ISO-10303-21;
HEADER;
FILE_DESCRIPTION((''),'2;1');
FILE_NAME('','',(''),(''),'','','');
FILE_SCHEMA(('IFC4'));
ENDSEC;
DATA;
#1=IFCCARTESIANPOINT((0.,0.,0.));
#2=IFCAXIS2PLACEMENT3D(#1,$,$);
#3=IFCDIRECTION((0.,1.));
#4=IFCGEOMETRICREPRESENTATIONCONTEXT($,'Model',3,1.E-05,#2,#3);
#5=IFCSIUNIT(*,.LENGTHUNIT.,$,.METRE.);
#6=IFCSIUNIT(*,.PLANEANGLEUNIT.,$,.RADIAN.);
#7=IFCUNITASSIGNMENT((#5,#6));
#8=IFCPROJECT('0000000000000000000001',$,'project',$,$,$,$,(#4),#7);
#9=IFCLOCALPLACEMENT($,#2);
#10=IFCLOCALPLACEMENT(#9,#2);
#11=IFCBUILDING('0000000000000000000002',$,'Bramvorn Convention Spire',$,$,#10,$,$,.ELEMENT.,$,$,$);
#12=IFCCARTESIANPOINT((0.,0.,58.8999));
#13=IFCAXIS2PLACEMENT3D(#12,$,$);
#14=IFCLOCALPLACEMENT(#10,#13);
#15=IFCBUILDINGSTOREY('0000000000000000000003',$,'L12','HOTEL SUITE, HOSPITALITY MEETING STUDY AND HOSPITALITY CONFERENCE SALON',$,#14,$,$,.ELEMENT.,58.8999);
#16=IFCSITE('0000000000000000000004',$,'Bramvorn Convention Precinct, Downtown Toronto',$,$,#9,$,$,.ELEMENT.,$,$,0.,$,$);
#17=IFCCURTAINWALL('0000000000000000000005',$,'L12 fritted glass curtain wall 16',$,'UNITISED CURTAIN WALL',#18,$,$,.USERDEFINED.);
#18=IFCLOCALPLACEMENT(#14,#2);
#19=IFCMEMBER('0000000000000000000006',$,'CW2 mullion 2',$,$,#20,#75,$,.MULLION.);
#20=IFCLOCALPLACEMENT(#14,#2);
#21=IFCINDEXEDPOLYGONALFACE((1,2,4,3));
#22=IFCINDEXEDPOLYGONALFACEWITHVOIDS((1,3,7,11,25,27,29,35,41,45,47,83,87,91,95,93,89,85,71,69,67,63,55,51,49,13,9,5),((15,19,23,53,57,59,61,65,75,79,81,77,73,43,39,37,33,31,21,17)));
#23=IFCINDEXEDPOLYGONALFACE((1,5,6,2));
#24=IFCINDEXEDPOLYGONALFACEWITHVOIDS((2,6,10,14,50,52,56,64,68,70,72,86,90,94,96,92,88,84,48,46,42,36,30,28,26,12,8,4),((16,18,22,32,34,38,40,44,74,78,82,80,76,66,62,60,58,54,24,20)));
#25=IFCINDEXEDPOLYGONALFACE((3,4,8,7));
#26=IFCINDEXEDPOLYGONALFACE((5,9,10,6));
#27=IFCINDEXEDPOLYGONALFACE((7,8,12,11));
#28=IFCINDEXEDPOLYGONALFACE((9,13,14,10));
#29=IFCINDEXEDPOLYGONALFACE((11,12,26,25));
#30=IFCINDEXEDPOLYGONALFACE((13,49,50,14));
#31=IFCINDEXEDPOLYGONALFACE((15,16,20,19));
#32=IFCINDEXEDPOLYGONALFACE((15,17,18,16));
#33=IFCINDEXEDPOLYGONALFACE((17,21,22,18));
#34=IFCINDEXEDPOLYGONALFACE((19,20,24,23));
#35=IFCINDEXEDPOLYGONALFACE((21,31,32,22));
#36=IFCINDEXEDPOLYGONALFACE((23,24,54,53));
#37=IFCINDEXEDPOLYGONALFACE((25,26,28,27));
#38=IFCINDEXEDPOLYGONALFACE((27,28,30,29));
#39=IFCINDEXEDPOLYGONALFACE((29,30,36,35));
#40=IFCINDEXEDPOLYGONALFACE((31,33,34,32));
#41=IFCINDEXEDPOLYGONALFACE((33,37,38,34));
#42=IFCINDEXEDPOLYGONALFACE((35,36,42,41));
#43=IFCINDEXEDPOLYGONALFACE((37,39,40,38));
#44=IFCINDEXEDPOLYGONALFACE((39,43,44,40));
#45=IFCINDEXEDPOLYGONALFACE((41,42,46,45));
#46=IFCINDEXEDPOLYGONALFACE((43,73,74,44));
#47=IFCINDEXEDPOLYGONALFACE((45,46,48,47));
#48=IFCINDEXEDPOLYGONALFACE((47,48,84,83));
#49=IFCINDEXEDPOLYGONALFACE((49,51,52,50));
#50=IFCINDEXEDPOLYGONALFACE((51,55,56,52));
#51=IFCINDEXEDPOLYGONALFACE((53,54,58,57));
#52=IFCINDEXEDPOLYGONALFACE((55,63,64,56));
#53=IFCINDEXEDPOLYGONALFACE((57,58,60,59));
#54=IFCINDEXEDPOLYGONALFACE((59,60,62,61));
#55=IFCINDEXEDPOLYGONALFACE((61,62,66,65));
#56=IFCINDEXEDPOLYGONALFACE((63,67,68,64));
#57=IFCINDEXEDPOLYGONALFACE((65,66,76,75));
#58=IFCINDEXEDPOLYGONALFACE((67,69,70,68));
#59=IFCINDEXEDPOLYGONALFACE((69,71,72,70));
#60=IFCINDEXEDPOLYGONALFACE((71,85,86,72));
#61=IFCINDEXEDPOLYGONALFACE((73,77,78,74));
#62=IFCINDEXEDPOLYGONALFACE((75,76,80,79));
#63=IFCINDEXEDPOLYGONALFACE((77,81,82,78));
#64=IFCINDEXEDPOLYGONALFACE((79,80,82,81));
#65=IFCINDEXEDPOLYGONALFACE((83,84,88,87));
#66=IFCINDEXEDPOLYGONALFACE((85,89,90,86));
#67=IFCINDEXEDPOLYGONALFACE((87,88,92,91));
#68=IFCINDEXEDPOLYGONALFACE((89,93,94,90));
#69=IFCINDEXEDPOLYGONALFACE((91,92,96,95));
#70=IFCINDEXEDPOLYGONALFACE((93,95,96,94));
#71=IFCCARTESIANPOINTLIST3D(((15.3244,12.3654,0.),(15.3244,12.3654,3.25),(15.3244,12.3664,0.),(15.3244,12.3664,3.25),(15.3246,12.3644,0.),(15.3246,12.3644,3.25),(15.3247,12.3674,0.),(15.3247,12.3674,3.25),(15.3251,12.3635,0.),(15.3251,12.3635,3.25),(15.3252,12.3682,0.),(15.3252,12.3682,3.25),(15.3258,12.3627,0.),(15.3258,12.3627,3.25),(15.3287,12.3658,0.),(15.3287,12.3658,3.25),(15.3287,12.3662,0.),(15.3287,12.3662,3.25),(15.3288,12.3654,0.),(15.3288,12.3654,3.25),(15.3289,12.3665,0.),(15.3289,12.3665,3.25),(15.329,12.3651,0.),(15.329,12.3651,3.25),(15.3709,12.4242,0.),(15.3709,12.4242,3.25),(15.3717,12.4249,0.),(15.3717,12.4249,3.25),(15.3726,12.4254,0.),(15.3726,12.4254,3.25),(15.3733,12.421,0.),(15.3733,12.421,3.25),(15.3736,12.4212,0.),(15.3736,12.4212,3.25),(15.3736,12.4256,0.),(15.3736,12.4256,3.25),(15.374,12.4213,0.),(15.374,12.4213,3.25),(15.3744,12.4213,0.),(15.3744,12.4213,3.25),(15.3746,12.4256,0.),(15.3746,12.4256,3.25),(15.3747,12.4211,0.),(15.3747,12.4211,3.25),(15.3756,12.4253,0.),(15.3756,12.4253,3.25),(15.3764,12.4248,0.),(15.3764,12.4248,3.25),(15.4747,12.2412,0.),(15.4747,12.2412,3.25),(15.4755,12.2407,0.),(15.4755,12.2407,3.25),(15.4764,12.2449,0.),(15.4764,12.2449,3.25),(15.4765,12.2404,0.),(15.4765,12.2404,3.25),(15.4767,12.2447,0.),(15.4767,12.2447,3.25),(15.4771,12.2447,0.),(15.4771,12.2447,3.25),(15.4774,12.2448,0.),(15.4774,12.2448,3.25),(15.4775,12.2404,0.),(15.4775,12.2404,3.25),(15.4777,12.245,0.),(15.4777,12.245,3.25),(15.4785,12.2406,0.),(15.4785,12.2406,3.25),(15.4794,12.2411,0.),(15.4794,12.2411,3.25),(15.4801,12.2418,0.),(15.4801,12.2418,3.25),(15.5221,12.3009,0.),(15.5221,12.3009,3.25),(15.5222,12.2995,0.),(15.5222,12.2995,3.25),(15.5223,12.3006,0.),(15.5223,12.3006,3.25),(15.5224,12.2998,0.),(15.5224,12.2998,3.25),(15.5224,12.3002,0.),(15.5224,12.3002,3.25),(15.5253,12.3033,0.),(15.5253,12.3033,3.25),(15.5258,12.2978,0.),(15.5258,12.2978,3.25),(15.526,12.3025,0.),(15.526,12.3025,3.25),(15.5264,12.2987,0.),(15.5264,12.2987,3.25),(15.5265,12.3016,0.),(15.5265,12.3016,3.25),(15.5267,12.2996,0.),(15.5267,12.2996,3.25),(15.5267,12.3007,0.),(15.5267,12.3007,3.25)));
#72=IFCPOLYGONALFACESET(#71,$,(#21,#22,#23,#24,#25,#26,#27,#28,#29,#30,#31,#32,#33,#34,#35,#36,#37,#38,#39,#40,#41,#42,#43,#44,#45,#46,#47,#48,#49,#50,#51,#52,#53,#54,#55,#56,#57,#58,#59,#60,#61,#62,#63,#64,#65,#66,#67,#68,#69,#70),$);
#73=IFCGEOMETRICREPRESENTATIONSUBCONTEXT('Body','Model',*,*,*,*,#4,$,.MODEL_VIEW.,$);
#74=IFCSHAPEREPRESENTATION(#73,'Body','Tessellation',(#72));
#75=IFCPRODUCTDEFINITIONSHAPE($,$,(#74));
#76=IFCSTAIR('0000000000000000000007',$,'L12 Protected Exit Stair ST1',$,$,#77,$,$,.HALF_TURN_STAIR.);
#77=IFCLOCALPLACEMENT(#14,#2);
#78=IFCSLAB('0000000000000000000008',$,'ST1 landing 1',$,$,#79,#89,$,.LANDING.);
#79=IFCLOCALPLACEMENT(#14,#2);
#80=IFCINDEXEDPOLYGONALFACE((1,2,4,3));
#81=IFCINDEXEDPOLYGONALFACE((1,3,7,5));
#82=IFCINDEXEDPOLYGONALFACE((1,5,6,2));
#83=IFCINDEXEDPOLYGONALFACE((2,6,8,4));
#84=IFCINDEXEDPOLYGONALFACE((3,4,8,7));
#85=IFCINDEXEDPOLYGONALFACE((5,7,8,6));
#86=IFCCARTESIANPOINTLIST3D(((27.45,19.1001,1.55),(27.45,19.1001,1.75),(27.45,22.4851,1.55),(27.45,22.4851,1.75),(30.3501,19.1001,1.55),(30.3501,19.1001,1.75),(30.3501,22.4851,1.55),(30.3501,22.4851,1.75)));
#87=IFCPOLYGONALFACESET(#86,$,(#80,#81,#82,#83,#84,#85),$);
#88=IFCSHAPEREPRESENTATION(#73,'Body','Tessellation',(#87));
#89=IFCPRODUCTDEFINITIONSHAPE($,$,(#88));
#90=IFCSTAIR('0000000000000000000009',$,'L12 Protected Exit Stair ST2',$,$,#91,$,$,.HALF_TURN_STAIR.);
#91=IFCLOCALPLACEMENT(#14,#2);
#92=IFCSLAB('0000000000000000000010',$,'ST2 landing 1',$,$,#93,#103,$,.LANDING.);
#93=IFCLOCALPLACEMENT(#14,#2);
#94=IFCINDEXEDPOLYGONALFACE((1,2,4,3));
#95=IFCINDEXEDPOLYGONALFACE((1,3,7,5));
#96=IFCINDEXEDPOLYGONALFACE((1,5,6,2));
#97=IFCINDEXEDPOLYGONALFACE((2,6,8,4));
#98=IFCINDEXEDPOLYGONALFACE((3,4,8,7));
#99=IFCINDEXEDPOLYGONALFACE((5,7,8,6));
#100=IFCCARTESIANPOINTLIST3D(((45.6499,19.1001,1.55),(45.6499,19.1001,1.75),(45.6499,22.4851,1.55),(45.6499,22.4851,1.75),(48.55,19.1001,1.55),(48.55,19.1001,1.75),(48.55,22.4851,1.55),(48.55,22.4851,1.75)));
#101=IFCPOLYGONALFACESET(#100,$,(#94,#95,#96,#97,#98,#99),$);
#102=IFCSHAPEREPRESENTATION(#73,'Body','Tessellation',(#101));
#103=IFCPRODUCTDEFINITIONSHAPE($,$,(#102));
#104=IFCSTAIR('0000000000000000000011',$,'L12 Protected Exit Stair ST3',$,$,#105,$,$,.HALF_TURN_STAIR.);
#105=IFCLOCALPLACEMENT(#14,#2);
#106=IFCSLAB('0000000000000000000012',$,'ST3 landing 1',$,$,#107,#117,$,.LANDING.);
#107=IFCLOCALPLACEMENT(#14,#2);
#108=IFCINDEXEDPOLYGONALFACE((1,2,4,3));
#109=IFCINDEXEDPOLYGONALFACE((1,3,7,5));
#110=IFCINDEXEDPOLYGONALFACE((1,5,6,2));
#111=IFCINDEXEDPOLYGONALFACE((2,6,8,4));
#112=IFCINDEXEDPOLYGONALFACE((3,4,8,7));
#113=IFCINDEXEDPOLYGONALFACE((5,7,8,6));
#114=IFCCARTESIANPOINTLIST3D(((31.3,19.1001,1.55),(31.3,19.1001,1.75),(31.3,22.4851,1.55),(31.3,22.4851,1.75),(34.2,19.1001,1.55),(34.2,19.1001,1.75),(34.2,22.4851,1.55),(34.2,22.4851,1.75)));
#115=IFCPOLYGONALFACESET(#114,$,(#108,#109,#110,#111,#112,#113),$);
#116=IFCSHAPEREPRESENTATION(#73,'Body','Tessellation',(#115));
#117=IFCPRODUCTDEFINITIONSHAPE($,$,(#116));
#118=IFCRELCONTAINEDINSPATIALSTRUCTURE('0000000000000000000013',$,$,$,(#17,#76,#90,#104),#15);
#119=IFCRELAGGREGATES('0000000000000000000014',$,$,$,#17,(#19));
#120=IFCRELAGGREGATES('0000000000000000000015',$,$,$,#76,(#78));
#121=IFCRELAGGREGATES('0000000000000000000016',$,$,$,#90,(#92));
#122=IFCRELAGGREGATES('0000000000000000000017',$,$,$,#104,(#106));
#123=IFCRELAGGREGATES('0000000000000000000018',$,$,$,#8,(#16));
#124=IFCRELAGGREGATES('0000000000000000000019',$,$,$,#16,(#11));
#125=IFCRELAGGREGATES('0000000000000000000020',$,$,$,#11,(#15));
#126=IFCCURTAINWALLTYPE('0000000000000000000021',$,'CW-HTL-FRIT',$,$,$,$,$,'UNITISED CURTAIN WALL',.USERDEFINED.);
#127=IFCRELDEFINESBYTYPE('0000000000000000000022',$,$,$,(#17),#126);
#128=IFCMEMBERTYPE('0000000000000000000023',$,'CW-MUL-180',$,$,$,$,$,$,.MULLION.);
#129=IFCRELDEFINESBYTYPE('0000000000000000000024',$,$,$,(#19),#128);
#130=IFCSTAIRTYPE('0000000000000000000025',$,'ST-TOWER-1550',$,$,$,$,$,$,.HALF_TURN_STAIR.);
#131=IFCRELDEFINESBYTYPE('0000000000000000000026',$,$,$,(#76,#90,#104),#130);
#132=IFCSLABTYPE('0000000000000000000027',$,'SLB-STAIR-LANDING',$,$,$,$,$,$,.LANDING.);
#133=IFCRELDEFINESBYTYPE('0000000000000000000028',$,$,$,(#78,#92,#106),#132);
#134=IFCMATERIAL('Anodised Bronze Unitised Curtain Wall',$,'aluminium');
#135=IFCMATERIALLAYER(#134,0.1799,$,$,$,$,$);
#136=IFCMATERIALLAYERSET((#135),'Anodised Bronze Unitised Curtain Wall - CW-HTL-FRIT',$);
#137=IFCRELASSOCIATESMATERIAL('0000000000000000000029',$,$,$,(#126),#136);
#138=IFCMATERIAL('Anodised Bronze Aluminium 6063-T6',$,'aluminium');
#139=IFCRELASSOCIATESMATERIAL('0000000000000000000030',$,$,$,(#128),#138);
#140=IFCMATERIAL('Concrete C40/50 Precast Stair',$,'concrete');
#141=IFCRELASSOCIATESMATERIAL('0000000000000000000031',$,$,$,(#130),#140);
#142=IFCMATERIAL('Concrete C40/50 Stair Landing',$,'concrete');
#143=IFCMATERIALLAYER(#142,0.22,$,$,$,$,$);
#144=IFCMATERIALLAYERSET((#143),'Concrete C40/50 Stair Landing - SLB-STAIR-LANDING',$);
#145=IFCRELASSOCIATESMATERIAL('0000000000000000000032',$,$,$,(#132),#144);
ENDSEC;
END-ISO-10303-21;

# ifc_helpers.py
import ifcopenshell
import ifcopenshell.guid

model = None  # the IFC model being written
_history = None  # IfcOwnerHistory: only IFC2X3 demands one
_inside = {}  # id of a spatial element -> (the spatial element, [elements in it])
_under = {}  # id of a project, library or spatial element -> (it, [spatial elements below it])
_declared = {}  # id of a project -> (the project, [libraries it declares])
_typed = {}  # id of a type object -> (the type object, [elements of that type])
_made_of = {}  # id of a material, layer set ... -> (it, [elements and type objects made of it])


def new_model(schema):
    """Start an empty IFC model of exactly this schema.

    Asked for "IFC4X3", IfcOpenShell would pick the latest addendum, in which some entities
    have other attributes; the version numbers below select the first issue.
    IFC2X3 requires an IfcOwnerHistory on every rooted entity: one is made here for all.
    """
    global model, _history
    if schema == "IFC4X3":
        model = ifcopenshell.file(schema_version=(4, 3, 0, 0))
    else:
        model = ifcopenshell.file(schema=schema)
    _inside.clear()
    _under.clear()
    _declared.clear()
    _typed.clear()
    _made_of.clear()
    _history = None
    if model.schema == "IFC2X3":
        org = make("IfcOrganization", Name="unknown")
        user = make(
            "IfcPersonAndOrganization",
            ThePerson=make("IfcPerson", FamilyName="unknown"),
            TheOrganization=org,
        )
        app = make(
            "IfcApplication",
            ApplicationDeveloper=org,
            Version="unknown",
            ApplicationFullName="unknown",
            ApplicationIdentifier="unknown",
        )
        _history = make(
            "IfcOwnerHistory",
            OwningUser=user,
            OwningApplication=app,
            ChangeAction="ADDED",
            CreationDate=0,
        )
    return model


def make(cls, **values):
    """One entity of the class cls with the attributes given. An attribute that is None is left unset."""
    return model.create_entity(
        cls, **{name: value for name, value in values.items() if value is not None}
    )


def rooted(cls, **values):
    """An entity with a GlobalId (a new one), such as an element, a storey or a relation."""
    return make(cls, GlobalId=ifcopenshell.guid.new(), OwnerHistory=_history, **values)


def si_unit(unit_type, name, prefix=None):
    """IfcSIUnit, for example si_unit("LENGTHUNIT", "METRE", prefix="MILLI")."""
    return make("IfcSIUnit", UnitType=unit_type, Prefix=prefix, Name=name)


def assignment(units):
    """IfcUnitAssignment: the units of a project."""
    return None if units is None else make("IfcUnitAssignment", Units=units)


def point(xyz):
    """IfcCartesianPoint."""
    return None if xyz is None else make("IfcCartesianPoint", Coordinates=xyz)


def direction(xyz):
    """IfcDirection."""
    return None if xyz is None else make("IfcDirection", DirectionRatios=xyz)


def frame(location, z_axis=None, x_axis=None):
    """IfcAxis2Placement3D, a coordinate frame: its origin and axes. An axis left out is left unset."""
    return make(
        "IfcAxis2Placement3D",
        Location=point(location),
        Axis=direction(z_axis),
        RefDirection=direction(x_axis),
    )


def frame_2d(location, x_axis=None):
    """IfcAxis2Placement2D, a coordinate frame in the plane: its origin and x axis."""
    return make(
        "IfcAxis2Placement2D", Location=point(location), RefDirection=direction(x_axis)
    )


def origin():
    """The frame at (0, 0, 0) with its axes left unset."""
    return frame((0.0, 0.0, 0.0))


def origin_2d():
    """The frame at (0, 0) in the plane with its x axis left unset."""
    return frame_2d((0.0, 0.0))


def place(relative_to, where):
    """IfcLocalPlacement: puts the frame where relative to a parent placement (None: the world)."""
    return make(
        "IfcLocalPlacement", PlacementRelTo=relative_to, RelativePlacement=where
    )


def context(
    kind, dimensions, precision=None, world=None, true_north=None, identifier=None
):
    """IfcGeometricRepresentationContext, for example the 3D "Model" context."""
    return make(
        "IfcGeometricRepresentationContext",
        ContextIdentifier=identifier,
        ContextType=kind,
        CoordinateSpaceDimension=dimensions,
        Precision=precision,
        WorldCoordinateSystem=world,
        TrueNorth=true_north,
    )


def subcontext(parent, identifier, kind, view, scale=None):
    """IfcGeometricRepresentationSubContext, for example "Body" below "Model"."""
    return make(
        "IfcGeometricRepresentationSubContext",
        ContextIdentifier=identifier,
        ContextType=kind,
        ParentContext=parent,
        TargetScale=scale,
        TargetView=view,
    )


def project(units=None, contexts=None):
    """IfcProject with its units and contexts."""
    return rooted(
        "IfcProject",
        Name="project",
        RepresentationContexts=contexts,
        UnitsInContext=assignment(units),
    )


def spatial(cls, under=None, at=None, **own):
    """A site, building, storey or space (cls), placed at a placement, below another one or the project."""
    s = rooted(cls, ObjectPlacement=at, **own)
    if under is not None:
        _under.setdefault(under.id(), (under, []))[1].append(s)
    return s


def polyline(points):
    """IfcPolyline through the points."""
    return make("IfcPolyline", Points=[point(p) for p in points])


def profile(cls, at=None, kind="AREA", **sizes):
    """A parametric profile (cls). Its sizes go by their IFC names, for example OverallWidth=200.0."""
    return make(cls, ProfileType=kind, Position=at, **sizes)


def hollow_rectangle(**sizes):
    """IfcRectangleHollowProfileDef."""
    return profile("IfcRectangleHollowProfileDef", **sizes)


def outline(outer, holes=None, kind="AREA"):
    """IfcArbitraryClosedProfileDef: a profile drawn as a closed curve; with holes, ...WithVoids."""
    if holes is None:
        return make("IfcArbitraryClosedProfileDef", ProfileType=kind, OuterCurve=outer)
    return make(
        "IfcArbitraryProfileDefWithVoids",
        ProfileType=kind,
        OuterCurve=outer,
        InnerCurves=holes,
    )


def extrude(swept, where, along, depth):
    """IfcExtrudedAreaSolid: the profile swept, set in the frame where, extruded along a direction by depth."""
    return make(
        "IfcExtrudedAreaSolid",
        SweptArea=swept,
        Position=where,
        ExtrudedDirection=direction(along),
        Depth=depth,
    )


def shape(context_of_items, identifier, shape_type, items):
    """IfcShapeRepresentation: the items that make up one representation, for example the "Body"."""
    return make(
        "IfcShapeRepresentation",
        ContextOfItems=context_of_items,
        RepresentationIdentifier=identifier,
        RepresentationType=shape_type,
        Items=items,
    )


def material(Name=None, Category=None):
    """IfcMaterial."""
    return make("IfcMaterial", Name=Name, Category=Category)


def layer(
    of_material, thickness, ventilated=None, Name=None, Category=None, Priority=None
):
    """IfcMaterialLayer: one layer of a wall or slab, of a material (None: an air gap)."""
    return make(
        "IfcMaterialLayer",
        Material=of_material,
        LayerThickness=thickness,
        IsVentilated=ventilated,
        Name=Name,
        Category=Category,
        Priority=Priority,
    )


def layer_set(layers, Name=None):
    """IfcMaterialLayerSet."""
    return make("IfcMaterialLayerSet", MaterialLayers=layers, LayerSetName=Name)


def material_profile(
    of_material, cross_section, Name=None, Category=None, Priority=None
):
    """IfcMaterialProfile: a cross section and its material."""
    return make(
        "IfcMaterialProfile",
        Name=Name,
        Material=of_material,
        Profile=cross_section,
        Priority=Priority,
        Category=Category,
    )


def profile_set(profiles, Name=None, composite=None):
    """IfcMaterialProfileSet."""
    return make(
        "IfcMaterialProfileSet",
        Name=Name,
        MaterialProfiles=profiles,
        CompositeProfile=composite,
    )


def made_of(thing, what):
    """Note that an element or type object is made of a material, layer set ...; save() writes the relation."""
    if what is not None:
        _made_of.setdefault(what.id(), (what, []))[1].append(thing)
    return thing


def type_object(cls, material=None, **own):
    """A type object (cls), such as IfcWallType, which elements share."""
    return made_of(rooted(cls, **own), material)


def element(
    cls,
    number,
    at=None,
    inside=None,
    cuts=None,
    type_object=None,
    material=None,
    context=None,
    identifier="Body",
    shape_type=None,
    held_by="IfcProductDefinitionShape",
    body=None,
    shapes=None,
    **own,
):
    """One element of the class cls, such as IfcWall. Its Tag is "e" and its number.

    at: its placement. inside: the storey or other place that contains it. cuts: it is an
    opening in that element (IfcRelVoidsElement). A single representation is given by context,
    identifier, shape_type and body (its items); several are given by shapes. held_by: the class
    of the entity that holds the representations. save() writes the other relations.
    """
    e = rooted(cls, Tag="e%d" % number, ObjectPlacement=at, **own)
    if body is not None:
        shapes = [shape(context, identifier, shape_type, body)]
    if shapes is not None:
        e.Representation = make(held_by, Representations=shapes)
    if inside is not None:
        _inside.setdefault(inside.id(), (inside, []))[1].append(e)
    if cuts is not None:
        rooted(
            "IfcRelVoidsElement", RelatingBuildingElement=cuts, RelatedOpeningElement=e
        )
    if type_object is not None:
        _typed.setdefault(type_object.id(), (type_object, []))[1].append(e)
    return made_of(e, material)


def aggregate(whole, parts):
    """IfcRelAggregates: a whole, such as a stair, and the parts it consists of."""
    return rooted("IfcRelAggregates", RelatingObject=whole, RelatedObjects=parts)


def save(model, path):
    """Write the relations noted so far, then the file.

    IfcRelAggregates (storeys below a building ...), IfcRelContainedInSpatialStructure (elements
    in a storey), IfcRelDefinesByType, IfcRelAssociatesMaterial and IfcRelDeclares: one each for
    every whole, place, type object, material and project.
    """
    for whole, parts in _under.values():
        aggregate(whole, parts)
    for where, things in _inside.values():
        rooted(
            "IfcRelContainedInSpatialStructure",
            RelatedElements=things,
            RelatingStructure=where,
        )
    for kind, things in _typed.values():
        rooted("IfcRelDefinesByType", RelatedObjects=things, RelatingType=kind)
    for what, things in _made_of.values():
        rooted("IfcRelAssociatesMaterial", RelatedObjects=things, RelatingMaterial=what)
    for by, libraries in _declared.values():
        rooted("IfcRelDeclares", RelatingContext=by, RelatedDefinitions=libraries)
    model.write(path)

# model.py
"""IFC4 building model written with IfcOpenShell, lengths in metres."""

from ifc_helpers import new_model, si_unit, direction, frame, origin, origin_2d, place, context, subcontext, project, spatial, polyline, hollow_rectangle, outline, extrude, material, layer, layer_set, material_profile, profile_set, type_object, element, aggregate, save


model = new_model("IFC4")

# Units and contexts
model_context = context("Model", 3, precision=1e-05, world=origin(), true_north=direction((0.0, 1.0)))
body_context = subcontext(model_context, "Body", "Model", "MODEL_VIEW")
ifc_project = project(units=[si_unit("LENGTHUNIT", "METRE"), si_unit("PLANEANGLEUNIT", "RADIAN")], contexts=[model_context])

# Site, building, storey
site_placement = place(None, origin())
site = spatial("IfcSite", under=ifc_project, at=site_placement, Name="Bramvorn Convention Precinct, Downtown Toronto", CompositionType="ELEMENT", RefElevation=0.0)
building_placement = place(site_placement, origin())
building = spatial("IfcBuilding", under=site, at=building_placement, Name="Bramvorn Convention Spire", CompositionType="ELEMENT")
storey_placement = place(building_placement, frame((0.0, 0.0, 58.8999)))
storey = spatial("IfcBuildingStorey", under=building, at=storey_placement, Name="L12", Description="HOTEL SUITE, HOSPITALITY MEETING STUDY AND HOSPITALITY CONFERENCE SALON", CompositionType="ELEMENT", Elevation=58.8999)

# Curtain wall, member
ifc_material_1 = material(Name="Anodised Bronze Unitised Curtain Wall", Category="aluminium")
ifc_layer_1 = layer(ifc_material_1, 0.1799)
ifc_layer_set_1 = layer_set([ifc_layer_1], Name="Anodised Bronze Unitised Curtain Wall - CW-HTL-FRIT")
curtain_wall_type = type_object("IfcCurtainWallType", Name="CW-HTL-FRIT", ElementType="UNITISED CURTAIN WALL", PredefinedType="USERDEFINED", material=ifc_layer_set_1)
curtain_wall_placement = place(storey_placement, origin())
curtain_wall = element("IfcCurtainWall", 1, at=curtain_wall_placement, inside=storey, type_object=curtain_wall_type, Name="L12 fritted glass curtain wall 16", ObjectType="UNITISED CURTAIN WALL", PredefinedType="USERDEFINED")
ifc_material_2 = material(Name="Anodised Bronze Aluminium 6063-T6", Category="aluminium")
ifc_material_profile_1 = material_profile(ifc_material_2, hollow_rectangle(XDim=0.0801, YDim=0.2, WallThickness=0.0039, InnerFilletRadius=0.001, OuterFilletRadius=0.0039, at=origin_2d()))
ifc_profile_set_1 = profile_set([ifc_material_profile_1], Name="Anodised Bronze Aluminium 6063-T6 - CWM80X200")
member_type = type_object("IfcMemberType", Name="CW-MUL-180", PredefinedType="MULLION", material=ifc_profile_set_1)
member_placement = place(storey_placement, frame((15.4255, 12.333, 0.0), z_axis=(0.0, 0.0, 1.0), x_axis=(-0.632265, -0.774752, 0.0)))
member = element("IfcMember", 2, at=member_placement, type_object=member_type, Name="CW2 mullion 2", PredefinedType="MULLION", context=body_context, shape_type="SweptSolid", body=[
    extrude(hollow_rectangle(XDim=0.0801, YDim=0.2, WallThickness=0.0039, InnerFilletRadius=0.001, OuterFilletRadius=0.0039, at=origin_2d()), origin(), (0.0, 0.0, 1.0), 3.25),
])
aggregate(curtain_wall, [member])

# Stairs, slabs
ifc_material_3 = material(Name="Concrete C40/50 Precast Stair", Category="concrete")
stair_type = type_object("IfcStairType", Name="ST-TOWER-1550", PredefinedType="HALF_TURN_STAIR", material=ifc_material_3)
stair_1_placement = place(storey_placement, origin())
stair_1 = element("IfcStair", 3, at=stair_1_placement, inside=storey, type_object=stair_type, Name="L12 Protected Exit Stair ST1", PredefinedType="HALF_TURN_STAIR")
ifc_material_4 = material(Name="Concrete C40/50 Stair Landing", Category="concrete")
ifc_layer_2 = layer(ifc_material_4, 0.22)
ifc_layer_set_2 = layer_set([ifc_layer_2], Name="Concrete C40/50 Stair Landing - SLB-STAIR-LANDING")
slab_type_1 = type_object("IfcSlabType", Name="SLB-STAIR-LANDING", PredefinedType="LANDING", material=ifc_layer_set_2)
slab_1_placement = place(storey_placement, frame((0.0, 0.0, 1.55)))
slab_1 = element("IfcSlab", 4, at=slab_1_placement, type_object=slab_type_1, Name="ST1 landing 1", PredefinedType="LANDING", context=body_context, shape_type="SweptSolid", body=[
    extrude(outline(polyline([(27.45, 22.4851), (27.45, 19.1001), (30.3501, 19.1001), (30.3501, 22.4851), (27.45, 22.4851)])), origin(), (0.0, 0.0, 1.0), 0.2),
])
aggregate(stair_1, [slab_1])
stair_2_placement = place(storey_placement, origin())
stair_2 = element("IfcStair", 5, at=stair_2_placement, inside=storey, type_object=stair_type, Name="L12 Protected Exit Stair ST2", PredefinedType="HALF_TURN_STAIR")
slab_2_placement = place(storey_placement, frame((0.0, 0.0, 1.55)))
slab_2 = element("IfcSlab", 6, at=slab_2_placement, type_object=slab_type_1, Name="ST2 landing 1", PredefinedType="LANDING", context=body_context, shape_type="SweptSolid", body=[
    extrude(outline(polyline([(45.6499, 22.4851), (45.6499, 19.1001), (48.55, 19.1001), (48.55, 22.4851), (45.6499, 22.4851)])), origin(), (0.0, 0.0, 1.0), 0.2),
])
aggregate(stair_2, [slab_2])
stair_3_placement = place(storey_placement, origin())
stair_3 = element("IfcStair", 7, at=stair_3_placement, inside=storey, type_object=stair_type, Name="L12 Protected Exit Stair ST3", PredefinedType="HALF_TURN_STAIR")
slab_3_placement = place(storey_placement, frame((0.0, 0.0, 1.55)))
slab_3 = element("IfcSlab", 8, at=slab_3_placement, type_object=slab_type_1, Name="ST3 landing 1", PredefinedType="LANDING", context=body_context, shape_type="SweptSolid", body=[
    extrude(outline(polyline([(31.3, 22.4851), (31.3, 19.1001), (34.2, 19.1001), (34.2, 22.4851), (31.3, 22.4851)])), origin(), (0.0, 0.0, 1.0), 0.2),
])
aggregate(stair_3, [slab_3])

save(model, "model.ifc")
